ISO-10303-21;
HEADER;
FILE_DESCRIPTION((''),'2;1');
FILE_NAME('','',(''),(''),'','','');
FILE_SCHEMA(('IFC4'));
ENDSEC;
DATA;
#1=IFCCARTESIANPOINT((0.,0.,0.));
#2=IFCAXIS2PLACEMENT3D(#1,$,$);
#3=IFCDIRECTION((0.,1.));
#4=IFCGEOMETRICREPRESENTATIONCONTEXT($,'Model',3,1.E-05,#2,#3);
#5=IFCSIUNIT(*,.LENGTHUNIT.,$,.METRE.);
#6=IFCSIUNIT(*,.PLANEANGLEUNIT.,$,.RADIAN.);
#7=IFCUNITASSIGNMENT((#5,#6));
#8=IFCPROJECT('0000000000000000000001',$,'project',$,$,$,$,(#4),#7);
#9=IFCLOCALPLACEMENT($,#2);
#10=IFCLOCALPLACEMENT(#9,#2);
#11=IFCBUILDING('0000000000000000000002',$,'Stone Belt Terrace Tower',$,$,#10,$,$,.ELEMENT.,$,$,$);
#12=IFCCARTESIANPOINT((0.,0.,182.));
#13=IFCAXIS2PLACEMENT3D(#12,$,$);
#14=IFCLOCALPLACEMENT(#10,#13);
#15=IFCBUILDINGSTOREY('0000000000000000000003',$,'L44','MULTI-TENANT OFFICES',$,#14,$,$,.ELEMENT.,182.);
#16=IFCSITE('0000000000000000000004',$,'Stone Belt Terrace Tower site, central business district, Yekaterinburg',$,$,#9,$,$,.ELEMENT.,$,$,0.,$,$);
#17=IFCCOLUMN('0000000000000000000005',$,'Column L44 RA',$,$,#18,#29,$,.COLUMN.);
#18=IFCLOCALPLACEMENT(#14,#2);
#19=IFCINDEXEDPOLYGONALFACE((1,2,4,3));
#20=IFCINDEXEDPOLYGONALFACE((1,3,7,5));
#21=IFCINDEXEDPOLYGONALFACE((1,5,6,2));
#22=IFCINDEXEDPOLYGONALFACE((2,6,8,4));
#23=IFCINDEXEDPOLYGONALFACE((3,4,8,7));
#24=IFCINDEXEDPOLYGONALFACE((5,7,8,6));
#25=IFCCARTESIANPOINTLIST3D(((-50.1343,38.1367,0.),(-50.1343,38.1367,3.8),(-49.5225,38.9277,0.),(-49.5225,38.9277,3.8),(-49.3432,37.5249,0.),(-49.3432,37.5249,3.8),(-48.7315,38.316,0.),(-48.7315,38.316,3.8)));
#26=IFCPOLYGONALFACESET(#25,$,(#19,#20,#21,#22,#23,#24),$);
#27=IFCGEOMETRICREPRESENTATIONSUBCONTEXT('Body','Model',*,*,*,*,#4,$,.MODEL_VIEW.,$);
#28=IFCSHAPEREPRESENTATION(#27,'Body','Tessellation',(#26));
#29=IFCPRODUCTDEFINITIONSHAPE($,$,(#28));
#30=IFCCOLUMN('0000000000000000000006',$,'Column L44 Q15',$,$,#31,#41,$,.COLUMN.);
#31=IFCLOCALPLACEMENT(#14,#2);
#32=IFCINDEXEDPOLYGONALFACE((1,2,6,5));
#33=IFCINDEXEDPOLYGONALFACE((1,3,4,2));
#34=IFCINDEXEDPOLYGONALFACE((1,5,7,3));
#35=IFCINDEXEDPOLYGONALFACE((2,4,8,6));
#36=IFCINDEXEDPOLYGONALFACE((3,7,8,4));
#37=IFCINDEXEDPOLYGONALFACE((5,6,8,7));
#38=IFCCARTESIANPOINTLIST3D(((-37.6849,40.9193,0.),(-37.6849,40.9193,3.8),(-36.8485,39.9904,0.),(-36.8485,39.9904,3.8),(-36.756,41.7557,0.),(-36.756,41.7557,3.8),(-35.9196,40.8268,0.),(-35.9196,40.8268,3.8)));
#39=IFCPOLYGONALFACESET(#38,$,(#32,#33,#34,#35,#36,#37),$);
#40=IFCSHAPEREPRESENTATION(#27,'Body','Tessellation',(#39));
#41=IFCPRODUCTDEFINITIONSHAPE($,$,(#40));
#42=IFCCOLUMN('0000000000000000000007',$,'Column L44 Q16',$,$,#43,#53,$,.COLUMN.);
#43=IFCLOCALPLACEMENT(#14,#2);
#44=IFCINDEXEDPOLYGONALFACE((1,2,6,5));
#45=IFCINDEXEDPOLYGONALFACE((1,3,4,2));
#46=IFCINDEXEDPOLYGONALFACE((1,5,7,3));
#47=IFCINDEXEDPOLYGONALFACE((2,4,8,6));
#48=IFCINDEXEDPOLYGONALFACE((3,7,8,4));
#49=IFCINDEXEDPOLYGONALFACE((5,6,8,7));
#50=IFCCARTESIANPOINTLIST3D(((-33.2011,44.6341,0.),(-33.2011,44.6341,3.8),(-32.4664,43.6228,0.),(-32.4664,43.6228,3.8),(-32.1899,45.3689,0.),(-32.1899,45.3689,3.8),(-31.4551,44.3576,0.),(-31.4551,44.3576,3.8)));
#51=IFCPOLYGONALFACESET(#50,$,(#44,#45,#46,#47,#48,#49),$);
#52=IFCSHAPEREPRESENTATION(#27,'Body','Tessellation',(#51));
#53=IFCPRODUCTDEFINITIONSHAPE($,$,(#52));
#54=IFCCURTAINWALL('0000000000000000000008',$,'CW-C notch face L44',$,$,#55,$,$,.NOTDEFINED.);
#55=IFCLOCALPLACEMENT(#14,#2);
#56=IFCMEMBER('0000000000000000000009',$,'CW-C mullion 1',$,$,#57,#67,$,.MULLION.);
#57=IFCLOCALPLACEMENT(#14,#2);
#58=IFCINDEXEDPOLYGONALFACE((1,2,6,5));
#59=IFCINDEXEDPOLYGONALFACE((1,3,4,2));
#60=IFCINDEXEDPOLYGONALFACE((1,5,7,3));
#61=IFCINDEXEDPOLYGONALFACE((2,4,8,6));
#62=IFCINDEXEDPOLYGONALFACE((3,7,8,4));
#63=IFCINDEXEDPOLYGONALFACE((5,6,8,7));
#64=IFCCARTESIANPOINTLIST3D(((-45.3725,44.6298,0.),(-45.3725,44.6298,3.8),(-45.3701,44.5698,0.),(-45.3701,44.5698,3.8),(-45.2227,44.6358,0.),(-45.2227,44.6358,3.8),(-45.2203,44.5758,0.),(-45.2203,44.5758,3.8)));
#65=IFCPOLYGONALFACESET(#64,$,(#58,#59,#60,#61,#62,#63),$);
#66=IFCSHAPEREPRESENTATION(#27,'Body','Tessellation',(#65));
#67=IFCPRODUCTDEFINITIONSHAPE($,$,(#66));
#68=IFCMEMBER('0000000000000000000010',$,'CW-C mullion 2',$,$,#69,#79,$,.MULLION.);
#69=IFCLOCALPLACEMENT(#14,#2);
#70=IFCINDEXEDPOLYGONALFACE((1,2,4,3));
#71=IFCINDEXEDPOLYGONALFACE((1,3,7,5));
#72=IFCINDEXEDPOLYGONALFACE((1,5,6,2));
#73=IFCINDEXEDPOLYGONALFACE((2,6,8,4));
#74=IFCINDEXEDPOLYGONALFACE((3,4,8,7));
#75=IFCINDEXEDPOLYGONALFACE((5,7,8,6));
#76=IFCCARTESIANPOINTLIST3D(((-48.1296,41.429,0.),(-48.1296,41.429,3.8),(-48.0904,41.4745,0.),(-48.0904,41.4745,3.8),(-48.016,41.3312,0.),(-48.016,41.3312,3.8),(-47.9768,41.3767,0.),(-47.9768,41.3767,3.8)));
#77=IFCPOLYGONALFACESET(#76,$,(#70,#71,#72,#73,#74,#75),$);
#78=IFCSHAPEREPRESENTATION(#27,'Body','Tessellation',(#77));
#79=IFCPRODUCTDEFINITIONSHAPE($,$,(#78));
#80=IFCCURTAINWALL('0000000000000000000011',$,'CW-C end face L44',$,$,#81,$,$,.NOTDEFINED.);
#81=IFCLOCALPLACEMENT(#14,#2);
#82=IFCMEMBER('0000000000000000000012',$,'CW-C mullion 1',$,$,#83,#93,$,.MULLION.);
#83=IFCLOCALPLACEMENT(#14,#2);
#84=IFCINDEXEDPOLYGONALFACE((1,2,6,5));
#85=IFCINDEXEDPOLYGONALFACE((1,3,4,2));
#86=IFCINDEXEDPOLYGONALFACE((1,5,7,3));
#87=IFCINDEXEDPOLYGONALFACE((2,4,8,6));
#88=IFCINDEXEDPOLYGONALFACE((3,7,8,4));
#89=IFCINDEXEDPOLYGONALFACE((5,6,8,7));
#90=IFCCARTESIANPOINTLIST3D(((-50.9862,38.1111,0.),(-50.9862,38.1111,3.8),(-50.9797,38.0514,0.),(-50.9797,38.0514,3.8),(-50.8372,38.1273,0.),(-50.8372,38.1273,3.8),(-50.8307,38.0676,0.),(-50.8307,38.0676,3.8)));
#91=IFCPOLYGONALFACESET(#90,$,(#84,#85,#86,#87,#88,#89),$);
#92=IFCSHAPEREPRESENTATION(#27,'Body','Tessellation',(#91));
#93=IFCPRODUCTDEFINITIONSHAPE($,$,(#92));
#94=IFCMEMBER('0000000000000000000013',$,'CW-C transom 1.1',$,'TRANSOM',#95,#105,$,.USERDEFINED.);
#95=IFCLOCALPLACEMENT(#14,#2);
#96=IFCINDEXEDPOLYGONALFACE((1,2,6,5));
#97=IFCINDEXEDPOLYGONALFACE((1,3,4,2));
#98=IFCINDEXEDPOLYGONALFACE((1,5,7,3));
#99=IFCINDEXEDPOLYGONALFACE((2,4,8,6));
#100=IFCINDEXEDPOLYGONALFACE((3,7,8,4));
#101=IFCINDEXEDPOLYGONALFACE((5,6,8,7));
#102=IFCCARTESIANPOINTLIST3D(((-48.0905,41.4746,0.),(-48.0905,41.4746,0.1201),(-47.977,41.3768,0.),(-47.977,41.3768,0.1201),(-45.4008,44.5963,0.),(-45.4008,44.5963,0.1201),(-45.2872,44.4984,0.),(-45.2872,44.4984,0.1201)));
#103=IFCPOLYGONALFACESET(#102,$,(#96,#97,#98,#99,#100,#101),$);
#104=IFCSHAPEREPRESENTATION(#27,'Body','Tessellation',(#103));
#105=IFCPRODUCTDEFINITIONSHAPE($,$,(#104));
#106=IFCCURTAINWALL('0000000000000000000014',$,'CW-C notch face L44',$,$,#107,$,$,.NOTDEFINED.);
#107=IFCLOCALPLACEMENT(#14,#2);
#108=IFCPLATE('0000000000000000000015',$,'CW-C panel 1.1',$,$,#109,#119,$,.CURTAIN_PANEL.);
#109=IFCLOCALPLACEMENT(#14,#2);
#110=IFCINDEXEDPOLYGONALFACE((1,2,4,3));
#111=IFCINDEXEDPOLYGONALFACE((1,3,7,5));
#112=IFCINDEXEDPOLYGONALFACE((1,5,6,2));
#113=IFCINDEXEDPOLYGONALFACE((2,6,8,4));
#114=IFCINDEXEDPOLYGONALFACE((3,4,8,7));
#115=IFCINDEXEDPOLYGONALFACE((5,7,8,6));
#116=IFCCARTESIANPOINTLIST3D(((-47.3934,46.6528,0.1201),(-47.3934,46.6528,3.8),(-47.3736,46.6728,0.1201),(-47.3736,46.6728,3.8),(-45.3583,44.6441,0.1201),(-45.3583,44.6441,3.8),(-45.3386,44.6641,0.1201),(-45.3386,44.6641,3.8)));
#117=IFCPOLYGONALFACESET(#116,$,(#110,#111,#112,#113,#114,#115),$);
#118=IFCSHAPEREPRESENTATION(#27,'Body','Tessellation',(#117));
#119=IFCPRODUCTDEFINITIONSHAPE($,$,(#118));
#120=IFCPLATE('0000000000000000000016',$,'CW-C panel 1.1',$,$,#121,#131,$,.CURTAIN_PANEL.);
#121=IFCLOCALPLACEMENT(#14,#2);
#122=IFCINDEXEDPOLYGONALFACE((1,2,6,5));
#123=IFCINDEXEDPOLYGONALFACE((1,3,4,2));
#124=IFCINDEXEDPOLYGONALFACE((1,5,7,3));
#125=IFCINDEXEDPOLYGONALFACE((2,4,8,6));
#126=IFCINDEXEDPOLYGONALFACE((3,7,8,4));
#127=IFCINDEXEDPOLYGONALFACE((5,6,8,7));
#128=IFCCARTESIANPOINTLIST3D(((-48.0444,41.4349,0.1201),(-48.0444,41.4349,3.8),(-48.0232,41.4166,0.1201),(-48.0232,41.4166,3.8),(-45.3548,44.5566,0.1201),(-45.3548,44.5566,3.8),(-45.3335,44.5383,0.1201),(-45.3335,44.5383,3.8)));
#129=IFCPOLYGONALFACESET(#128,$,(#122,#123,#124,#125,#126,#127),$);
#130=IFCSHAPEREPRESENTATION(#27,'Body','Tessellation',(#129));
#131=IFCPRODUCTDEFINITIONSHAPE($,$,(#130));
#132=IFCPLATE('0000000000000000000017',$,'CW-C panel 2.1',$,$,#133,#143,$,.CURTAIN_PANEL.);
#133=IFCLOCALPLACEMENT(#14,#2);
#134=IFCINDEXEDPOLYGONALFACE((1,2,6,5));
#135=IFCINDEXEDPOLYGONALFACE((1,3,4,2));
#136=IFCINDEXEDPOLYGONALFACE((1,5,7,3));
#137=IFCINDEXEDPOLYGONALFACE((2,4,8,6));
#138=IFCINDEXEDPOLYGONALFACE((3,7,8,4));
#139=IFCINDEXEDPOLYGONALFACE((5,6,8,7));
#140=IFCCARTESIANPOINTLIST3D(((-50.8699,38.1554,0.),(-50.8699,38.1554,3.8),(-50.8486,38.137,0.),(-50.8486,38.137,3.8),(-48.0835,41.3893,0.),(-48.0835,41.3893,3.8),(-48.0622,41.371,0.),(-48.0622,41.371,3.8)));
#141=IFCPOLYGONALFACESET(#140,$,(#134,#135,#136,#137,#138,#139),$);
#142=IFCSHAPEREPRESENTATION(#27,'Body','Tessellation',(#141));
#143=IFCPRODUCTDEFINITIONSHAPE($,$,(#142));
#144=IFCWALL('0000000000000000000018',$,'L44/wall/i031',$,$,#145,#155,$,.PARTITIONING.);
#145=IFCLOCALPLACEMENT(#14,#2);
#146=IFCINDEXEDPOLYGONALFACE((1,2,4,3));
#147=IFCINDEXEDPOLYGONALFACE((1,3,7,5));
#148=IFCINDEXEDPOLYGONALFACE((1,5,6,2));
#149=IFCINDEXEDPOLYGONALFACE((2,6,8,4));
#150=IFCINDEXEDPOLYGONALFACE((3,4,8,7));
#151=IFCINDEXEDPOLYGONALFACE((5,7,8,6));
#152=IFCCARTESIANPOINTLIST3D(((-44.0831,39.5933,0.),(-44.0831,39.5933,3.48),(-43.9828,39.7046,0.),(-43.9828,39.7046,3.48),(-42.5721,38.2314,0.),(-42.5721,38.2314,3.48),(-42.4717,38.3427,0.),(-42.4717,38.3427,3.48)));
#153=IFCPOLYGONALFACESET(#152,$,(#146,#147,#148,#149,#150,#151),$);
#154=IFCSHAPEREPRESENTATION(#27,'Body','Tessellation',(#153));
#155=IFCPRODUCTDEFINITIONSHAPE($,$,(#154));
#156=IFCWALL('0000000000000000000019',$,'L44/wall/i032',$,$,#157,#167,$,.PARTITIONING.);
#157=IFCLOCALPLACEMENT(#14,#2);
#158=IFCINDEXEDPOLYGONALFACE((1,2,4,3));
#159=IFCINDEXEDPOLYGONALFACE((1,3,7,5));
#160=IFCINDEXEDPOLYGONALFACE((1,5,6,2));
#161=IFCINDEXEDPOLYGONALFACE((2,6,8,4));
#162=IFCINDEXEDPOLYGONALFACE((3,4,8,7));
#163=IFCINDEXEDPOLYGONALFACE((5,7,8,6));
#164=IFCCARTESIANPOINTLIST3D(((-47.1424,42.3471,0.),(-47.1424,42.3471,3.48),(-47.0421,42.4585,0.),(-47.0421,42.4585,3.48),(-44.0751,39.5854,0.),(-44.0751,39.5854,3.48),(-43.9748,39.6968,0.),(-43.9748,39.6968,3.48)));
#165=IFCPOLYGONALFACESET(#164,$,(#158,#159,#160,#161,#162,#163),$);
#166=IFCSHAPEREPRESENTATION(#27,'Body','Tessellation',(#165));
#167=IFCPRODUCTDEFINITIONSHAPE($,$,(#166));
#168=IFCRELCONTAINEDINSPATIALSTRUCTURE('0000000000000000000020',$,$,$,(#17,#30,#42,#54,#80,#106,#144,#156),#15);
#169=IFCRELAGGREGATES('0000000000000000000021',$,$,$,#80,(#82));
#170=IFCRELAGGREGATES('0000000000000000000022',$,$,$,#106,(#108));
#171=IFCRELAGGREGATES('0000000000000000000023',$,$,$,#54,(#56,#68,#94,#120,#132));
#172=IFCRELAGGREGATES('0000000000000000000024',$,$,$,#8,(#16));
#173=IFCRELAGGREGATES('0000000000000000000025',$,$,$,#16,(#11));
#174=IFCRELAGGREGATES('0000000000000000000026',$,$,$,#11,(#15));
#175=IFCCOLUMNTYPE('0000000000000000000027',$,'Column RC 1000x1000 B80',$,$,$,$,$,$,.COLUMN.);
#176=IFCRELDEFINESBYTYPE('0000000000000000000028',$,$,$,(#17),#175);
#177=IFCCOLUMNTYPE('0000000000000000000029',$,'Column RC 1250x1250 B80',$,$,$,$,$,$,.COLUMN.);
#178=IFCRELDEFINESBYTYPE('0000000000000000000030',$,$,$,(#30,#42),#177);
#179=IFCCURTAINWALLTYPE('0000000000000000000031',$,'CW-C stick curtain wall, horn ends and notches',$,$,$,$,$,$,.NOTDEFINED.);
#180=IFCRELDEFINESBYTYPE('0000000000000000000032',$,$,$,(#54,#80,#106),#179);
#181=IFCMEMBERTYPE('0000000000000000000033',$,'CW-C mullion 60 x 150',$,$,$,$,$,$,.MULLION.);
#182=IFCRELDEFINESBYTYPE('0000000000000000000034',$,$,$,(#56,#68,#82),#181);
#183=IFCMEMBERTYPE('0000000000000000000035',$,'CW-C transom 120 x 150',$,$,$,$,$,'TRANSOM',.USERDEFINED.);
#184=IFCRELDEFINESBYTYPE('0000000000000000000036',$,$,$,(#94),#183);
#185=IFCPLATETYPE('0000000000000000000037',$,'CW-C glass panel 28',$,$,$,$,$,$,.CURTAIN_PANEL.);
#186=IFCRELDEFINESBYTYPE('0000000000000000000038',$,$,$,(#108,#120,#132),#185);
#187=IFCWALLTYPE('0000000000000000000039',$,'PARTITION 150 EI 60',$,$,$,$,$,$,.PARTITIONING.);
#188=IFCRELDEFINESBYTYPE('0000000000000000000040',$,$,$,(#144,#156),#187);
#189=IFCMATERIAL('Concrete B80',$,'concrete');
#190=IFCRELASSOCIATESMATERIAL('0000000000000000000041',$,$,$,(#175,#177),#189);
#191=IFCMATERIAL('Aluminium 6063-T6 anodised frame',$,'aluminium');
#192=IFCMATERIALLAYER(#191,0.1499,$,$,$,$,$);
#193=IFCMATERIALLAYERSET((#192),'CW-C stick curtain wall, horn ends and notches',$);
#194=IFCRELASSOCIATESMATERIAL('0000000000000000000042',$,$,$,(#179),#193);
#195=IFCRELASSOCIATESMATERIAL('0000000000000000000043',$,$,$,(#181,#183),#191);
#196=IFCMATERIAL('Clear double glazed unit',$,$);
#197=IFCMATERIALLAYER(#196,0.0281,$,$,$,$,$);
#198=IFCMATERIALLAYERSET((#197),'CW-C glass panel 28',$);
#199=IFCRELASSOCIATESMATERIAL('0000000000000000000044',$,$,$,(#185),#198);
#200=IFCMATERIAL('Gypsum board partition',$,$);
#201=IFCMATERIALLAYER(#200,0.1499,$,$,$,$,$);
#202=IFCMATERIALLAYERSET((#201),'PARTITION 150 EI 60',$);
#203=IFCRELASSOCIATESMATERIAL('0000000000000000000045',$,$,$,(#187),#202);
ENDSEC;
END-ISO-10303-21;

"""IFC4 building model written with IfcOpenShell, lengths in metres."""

from ifc_helpers import new_model, si_unit, direction, frame, frame_2d, origin, origin_2d, place, context, subcontext, project, spatial, rectangle, extrude, material, layer, layer_set, material_profile, profile_set, type_object, element, aggregate, save


model = new_model("IFC4")

# Units and contexts
model_context = context("Model", 3, precision=1e-05, world=origin(), true_north=direction((0.0, 1.0)))
body_context = subcontext(model_context, "Body", "Model", "MODEL_VIEW")
ifc_project = project(units=[si_unit("LENGTHUNIT", "METRE"), si_unit("PLANEANGLEUNIT", "RADIAN")], contexts=[model_context])

# Site, building, storey
site_placement = place(None, origin())
site = spatial("IfcSite", under=ifc_project, at=site_placement, Name="Stone Belt Terrace Tower site, central business district, Yekaterinburg", CompositionType="ELEMENT", RefElevation=0.0)
building_placement = place(site_placement, origin())
building = spatial("IfcBuilding", under=site, at=building_placement, Name="Stone Belt Terrace Tower", CompositionType="ELEMENT")
storey_placement = place(building_placement, frame((0.0, 0.0, 182.0)))
storey = spatial("IfcBuildingStorey", under=building, at=storey_placement, Name="L44", Description="MULTI-TENANT OFFICES", CompositionType="ELEMENT", Elevation=182.0)

# Columns
ifc_material_1 = material(Name="Concrete B80", Category="concrete")
ifc_material_profile_1 = material_profile(ifc_material_1, rectangle(XDim=1.0, YDim=1.0, at=origin_2d()), Name="RC 1000x1000")
ifc_profile_set_1 = profile_set([ifc_material_profile_1], Name="Concrete B80")
column_type_1 = type_object("IfcColumnType", Name="Column RC 1000x1000 B80", PredefinedType="COLUMN", material=ifc_profile_set_1)
column_placement = place(storey_placement, frame((-49.4329, 38.2263, 0.0), z_axis=(0.0, 0.0, 1.0), x_axis=(0.61173, 0.791067, 0.0)))
element("IfcColumn", 1, at=column_placement, inside=storey, type_object=column_type_1, Name="Column L44 RA", PredefinedType="COLUMN", context=body_context, shape_type="SweptSolid", body=[
    extrude(rectangle(XDim=1.0, YDim=1.0, at=origin_2d()), origin(), (0.0, 0.0, 1.0), 3.8),
])
ifc_material_profile_2 = material_profile(ifc_material_1, rectangle(XDim=1.25, YDim=1.25, at=origin_2d()), Name="RC 1250x1250")
ifc_profile_set_2 = profile_set([ifc_material_profile_2], Name="Concrete B80")
column_type_2 = type_object("IfcColumnType", Name="Column RC 1250x1250 B80", PredefinedType="COLUMN", material=ifc_profile_set_2)
for number, where, z_axis, x_axis, name in (
    (2, (-36.8022, 40.873, 0.0), (0.0, 0.0, 1.0), (0.743145, 0.669131, 0.0), "Column L44 Q15"),
    (3, (-32.3281, 44.4958, 0.0), (0.0, 0.0, 1.0), (0.809017, 0.587785, 0.0), "Column L44 Q16"),
):
    element("IfcColumn", number, at=place(storey_placement, frame(where, z_axis=z_axis, x_axis=x_axis)), inside=storey, type_object=column_type_2, Name=name, PredefinedType="COLUMN", context=body_context, shape_type="SweptSolid", body=[
        extrude(rectangle(XDim=1.25, YDim=1.25, at=origin_2d()), origin(), (0.0, 0.0, 1.0), 3.8),
    ])

# Curtain wall, members
ifc_material_2 = material(Name="Aluminium 6063-T6 anodised frame", Category="aluminium")
ifc_layer_1 = layer(ifc_material_2, 0.1499)
ifc_layer_set_1 = layer_set([ifc_layer_1], Name="CW-C stick curtain wall, horn ends and notches")
curtain_wall_type = type_object("IfcCurtainWallType", Name="CW-C stick curtain wall, horn ends and notches", PredefinedType="NOTDEFINED", material=ifc_layer_set_1)
curtain_wall_1_placement = place(storey_placement, origin())
curtain_wall_1 = element("IfcCurtainWall", 4, at=curtain_wall_1_placement, inside=storey, type_object=curtain_wall_type, Name="CW-C notch face L44", PredefinedType="NOTDEFINED")
ifc_material_profile_3 = material_profile(ifc_material_2, rectangle(XDim=0.1499, YDim=0.0601, at=origin_2d()), Name="Aluminium 6063-T6 60x150")
ifc_profile_set_3 = profile_set([ifc_material_profile_3], Name="Aluminium 6063-T6 anodised frame")
member_type_1 = type_object("IfcMemberType", Name="CW-C mullion 60 x 150", PredefinedType="MULLION", material=ifc_profile_set_3)
member_1_placement = place(storey_placement, frame((-45.2964, 44.6028, 0.0), z_axis=(0.0, 0.0, 1.0), x_axis=(0.999185, 0.04036, 0.0)))
member_1 = element("IfcMember", 5, at=member_1_placement, type_object=member_type_1, Name="CW-C mullion 1", PredefinedType="MULLION", context=body_context, shape_type="SweptSolid", body=[
    extrude(rectangle(XDim=0.1499, YDim=0.0601, at=origin_2d()), origin(), (0.0, 0.0, 1.0), 3.8),
])
member_2_placement = place(storey_placement, frame((-48.0532, 41.4028, 0.0), z_axis=(0.0, 0.0, 1.0), x_axis=(0.757584, -0.652738, 0.0)))
member_2 = element("IfcMember", 6, at=member_2_placement, type_object=member_type_1, Name="CW-C mullion 2", PredefinedType="MULLION", context=body_context, shape_type="SweptSolid", body=[
    extrude(rectangle(XDim=0.1499, YDim=0.0601, at=origin_2d()), origin(), (0.0, 0.0, 1.0), 3.8),
])

# Curtain wall, member
curtain_wall_2_placement = place(storey_placement, origin())
curtain_wall_2 = element("IfcCurtainWall", 7, at=curtain_wall_2_placement, inside=storey, type_object=curtain_wall_type, Name="CW-C end face L44", PredefinedType="NOTDEFINED")
member_3_placement = place(storey_placement, frame((-50.9084, 38.0894, 0.0), z_axis=(0.0, 0.0, 1.0), x_axis=(0.994169, 0.10783, 0.0)))
member_3 = element("IfcMember", 8, at=member_3_placement, type_object=member_type_1, Name="CW-C mullion 1", PredefinedType="MULLION", context=body_context, shape_type="SweptSolid", body=[
    extrude(rectangle(XDim=0.1499, YDim=0.0601, at=origin_2d()), origin(), (0.0, 0.0, 1.0), 3.8),
])
aggregate(curtain_wall_2, [member_3])

# Member
ifc_material_profile_4 = material_profile(ifc_material_2, rectangle(XDim=0.1499, YDim=0.1201, at=origin_2d()), Name="Aluminium 6063-T6 150x120")
ifc_profile_set_4 = profile_set([ifc_material_profile_4], Name="Aluminium 6063-T6 anodised frame")
member_type_2 = type_object("IfcMemberType", Name="CW-C transom 120 x 150", ElementType="TRANSOM", PredefinedType="USERDEFINED", material=ifc_profile_set_4)
member_4_placement = place(storey_placement, frame((-45.344, 44.5474, 0.0601), z_axis=(-0.652756, -0.757569, 0.0), x_axis=(0.757569, -0.652756, 0.0)))
member_4 = element("IfcMember", 9, at=member_4_placement, type_object=member_type_2, Name="CW-C transom 1.1", ObjectType="TRANSOM", PredefinedType="USERDEFINED", context=body_context, shape_type="SweptSolid", body=[
    extrude(rectangle(XDim=0.1499, YDim=0.1201, at=origin_2d()), origin(), (0.0, 0.0, 1.0), 4.1206),
])

# Curtain wall, plate
curtain_wall_3_placement = place(storey_placement, origin())
curtain_wall_3 = element("IfcCurtainWall", 10, at=curtain_wall_3_placement, inside=storey, type_object=curtain_wall_type, Name="CW-C notch face L44", PredefinedType="NOTDEFINED")
ifc_material_3 = material(Name="Clear double glazed unit")
ifc_layer_2 = layer(ifc_material_3, 0.0281)
ifc_layer_set_2 = layer_set([ifc_layer_2], Name="CW-C glass panel 28")
plate_type = type_object("IfcPlateType", Name="CW-C glass panel 28", PredefinedType="CURTAIN_PANEL", material=ifc_layer_set_2)
plate_1_placement = place(storey_placement, frame((-46.366, 45.6584, 0.1201), z_axis=(0.0, 0.0, 1.0), x_axis=(0.711713, -0.70247, 0.0)))
plate_1 = element("IfcPlate", 11, at=plate_1_placement, type_object=plate_type, Name="CW-C panel 1.1", PredefinedType="CURTAIN_PANEL", context=body_context, shape_type="SweptSolid", body=[
    extrude(rectangle(XDim=2.8594, YDim=0.0281, at=origin_2d()), origin(), (0.0, 0.0, 1.0), 3.6799),
])
aggregate(curtain_wall_3, [plate_1])

# Plates
plate_2_placement = place(storey_placement, frame((-46.689, 42.9866, 0.1201), z_axis=(0.0, 0.0, 1.0), x_axis=(-0.652738, -0.757584, 0.0)))
plate_2 = element("IfcPlate", 12, at=plate_2_placement, type_object=plate_type, Name="CW-C panel 1.1", PredefinedType="CURTAIN_PANEL", context=body_context, shape_type="SweptSolid", body=[
    extrude(rectangle(XDim=4.1206, YDim=0.0281, at=origin_2d()), origin(), (0.0, 0.0, 1.0), 3.6799),
])
plate_3_placement = place(storey_placement, frame((-49.4661, 39.7632, 0.0), z_axis=(0.0, 0.0, 1.0), x_axis=(-0.652738, -0.757584, 0.0)))
plate_3 = element("IfcPlate", 13, at=plate_3_placement, type_object=plate_type, Name="CW-C panel 2.1", PredefinedType="CURTAIN_PANEL", context=body_context, shape_type="SweptSolid", body=[
    extrude(rectangle(XDim=4.2688, YDim=0.0281, at=origin_2d()), origin(), (0.0, 0.0, 1.0), 3.8),
])
aggregate(curtain_wall_1, [member_1, member_2, member_4, plate_2, plate_3])

# Walls
ifc_material_4 = material(Name="Gypsum board partition")
ifc_layer_3 = layer(ifc_material_4, 0.1499)
ifc_layer_set_3 = layer_set([ifc_layer_3], Name="PARTITION 150 EI 60")
wall_type = type_object("IfcWallType", Name="PARTITION 150 EI 60", PredefinedType="PARTITIONING", material=ifc_layer_set_3)
wall_1_placement = place(storey_placement, frame((-44.033, 39.6489, 0.0), z_axis=(0.0, 0.0, 1.0), x_axis=(0.742822, -0.669488, 0.0)))
element("IfcWall", 14, at=wall_1_placement, inside=storey, type_object=wall_type, Name="L44/wall/i031", PredefinedType="PARTITIONING", context=body_context, shape_type="SweptSolid", body=[
    extrude(rectangle(XDim=2.0342, YDim=0.1499, at=frame_2d((1.0171, 0.0))), origin(), (0.0, 0.0, 1.0), 3.48),
])
wall_2_placement = place(storey_placement, frame((-47.0923, 42.4028, 0.0), z_axis=(0.0, 0.0, 1.0), x_axis=(0.743165, -0.669109, 0.0)))
element("IfcWall", 15, at=wall_2_placement, inside=storey, type_object=wall_type, Name="L44/wall/i032", PredefinedType="PARTITIONING", context=body_context, shape_type="SweptSolid", body=[
    extrude(rectangle(XDim=4.1274, YDim=0.1499, at=frame_2d((2.0637, 0.0))), origin(), (0.0, 0.0, 1.0), 3.48),
])

save(model, "model.ifc")
